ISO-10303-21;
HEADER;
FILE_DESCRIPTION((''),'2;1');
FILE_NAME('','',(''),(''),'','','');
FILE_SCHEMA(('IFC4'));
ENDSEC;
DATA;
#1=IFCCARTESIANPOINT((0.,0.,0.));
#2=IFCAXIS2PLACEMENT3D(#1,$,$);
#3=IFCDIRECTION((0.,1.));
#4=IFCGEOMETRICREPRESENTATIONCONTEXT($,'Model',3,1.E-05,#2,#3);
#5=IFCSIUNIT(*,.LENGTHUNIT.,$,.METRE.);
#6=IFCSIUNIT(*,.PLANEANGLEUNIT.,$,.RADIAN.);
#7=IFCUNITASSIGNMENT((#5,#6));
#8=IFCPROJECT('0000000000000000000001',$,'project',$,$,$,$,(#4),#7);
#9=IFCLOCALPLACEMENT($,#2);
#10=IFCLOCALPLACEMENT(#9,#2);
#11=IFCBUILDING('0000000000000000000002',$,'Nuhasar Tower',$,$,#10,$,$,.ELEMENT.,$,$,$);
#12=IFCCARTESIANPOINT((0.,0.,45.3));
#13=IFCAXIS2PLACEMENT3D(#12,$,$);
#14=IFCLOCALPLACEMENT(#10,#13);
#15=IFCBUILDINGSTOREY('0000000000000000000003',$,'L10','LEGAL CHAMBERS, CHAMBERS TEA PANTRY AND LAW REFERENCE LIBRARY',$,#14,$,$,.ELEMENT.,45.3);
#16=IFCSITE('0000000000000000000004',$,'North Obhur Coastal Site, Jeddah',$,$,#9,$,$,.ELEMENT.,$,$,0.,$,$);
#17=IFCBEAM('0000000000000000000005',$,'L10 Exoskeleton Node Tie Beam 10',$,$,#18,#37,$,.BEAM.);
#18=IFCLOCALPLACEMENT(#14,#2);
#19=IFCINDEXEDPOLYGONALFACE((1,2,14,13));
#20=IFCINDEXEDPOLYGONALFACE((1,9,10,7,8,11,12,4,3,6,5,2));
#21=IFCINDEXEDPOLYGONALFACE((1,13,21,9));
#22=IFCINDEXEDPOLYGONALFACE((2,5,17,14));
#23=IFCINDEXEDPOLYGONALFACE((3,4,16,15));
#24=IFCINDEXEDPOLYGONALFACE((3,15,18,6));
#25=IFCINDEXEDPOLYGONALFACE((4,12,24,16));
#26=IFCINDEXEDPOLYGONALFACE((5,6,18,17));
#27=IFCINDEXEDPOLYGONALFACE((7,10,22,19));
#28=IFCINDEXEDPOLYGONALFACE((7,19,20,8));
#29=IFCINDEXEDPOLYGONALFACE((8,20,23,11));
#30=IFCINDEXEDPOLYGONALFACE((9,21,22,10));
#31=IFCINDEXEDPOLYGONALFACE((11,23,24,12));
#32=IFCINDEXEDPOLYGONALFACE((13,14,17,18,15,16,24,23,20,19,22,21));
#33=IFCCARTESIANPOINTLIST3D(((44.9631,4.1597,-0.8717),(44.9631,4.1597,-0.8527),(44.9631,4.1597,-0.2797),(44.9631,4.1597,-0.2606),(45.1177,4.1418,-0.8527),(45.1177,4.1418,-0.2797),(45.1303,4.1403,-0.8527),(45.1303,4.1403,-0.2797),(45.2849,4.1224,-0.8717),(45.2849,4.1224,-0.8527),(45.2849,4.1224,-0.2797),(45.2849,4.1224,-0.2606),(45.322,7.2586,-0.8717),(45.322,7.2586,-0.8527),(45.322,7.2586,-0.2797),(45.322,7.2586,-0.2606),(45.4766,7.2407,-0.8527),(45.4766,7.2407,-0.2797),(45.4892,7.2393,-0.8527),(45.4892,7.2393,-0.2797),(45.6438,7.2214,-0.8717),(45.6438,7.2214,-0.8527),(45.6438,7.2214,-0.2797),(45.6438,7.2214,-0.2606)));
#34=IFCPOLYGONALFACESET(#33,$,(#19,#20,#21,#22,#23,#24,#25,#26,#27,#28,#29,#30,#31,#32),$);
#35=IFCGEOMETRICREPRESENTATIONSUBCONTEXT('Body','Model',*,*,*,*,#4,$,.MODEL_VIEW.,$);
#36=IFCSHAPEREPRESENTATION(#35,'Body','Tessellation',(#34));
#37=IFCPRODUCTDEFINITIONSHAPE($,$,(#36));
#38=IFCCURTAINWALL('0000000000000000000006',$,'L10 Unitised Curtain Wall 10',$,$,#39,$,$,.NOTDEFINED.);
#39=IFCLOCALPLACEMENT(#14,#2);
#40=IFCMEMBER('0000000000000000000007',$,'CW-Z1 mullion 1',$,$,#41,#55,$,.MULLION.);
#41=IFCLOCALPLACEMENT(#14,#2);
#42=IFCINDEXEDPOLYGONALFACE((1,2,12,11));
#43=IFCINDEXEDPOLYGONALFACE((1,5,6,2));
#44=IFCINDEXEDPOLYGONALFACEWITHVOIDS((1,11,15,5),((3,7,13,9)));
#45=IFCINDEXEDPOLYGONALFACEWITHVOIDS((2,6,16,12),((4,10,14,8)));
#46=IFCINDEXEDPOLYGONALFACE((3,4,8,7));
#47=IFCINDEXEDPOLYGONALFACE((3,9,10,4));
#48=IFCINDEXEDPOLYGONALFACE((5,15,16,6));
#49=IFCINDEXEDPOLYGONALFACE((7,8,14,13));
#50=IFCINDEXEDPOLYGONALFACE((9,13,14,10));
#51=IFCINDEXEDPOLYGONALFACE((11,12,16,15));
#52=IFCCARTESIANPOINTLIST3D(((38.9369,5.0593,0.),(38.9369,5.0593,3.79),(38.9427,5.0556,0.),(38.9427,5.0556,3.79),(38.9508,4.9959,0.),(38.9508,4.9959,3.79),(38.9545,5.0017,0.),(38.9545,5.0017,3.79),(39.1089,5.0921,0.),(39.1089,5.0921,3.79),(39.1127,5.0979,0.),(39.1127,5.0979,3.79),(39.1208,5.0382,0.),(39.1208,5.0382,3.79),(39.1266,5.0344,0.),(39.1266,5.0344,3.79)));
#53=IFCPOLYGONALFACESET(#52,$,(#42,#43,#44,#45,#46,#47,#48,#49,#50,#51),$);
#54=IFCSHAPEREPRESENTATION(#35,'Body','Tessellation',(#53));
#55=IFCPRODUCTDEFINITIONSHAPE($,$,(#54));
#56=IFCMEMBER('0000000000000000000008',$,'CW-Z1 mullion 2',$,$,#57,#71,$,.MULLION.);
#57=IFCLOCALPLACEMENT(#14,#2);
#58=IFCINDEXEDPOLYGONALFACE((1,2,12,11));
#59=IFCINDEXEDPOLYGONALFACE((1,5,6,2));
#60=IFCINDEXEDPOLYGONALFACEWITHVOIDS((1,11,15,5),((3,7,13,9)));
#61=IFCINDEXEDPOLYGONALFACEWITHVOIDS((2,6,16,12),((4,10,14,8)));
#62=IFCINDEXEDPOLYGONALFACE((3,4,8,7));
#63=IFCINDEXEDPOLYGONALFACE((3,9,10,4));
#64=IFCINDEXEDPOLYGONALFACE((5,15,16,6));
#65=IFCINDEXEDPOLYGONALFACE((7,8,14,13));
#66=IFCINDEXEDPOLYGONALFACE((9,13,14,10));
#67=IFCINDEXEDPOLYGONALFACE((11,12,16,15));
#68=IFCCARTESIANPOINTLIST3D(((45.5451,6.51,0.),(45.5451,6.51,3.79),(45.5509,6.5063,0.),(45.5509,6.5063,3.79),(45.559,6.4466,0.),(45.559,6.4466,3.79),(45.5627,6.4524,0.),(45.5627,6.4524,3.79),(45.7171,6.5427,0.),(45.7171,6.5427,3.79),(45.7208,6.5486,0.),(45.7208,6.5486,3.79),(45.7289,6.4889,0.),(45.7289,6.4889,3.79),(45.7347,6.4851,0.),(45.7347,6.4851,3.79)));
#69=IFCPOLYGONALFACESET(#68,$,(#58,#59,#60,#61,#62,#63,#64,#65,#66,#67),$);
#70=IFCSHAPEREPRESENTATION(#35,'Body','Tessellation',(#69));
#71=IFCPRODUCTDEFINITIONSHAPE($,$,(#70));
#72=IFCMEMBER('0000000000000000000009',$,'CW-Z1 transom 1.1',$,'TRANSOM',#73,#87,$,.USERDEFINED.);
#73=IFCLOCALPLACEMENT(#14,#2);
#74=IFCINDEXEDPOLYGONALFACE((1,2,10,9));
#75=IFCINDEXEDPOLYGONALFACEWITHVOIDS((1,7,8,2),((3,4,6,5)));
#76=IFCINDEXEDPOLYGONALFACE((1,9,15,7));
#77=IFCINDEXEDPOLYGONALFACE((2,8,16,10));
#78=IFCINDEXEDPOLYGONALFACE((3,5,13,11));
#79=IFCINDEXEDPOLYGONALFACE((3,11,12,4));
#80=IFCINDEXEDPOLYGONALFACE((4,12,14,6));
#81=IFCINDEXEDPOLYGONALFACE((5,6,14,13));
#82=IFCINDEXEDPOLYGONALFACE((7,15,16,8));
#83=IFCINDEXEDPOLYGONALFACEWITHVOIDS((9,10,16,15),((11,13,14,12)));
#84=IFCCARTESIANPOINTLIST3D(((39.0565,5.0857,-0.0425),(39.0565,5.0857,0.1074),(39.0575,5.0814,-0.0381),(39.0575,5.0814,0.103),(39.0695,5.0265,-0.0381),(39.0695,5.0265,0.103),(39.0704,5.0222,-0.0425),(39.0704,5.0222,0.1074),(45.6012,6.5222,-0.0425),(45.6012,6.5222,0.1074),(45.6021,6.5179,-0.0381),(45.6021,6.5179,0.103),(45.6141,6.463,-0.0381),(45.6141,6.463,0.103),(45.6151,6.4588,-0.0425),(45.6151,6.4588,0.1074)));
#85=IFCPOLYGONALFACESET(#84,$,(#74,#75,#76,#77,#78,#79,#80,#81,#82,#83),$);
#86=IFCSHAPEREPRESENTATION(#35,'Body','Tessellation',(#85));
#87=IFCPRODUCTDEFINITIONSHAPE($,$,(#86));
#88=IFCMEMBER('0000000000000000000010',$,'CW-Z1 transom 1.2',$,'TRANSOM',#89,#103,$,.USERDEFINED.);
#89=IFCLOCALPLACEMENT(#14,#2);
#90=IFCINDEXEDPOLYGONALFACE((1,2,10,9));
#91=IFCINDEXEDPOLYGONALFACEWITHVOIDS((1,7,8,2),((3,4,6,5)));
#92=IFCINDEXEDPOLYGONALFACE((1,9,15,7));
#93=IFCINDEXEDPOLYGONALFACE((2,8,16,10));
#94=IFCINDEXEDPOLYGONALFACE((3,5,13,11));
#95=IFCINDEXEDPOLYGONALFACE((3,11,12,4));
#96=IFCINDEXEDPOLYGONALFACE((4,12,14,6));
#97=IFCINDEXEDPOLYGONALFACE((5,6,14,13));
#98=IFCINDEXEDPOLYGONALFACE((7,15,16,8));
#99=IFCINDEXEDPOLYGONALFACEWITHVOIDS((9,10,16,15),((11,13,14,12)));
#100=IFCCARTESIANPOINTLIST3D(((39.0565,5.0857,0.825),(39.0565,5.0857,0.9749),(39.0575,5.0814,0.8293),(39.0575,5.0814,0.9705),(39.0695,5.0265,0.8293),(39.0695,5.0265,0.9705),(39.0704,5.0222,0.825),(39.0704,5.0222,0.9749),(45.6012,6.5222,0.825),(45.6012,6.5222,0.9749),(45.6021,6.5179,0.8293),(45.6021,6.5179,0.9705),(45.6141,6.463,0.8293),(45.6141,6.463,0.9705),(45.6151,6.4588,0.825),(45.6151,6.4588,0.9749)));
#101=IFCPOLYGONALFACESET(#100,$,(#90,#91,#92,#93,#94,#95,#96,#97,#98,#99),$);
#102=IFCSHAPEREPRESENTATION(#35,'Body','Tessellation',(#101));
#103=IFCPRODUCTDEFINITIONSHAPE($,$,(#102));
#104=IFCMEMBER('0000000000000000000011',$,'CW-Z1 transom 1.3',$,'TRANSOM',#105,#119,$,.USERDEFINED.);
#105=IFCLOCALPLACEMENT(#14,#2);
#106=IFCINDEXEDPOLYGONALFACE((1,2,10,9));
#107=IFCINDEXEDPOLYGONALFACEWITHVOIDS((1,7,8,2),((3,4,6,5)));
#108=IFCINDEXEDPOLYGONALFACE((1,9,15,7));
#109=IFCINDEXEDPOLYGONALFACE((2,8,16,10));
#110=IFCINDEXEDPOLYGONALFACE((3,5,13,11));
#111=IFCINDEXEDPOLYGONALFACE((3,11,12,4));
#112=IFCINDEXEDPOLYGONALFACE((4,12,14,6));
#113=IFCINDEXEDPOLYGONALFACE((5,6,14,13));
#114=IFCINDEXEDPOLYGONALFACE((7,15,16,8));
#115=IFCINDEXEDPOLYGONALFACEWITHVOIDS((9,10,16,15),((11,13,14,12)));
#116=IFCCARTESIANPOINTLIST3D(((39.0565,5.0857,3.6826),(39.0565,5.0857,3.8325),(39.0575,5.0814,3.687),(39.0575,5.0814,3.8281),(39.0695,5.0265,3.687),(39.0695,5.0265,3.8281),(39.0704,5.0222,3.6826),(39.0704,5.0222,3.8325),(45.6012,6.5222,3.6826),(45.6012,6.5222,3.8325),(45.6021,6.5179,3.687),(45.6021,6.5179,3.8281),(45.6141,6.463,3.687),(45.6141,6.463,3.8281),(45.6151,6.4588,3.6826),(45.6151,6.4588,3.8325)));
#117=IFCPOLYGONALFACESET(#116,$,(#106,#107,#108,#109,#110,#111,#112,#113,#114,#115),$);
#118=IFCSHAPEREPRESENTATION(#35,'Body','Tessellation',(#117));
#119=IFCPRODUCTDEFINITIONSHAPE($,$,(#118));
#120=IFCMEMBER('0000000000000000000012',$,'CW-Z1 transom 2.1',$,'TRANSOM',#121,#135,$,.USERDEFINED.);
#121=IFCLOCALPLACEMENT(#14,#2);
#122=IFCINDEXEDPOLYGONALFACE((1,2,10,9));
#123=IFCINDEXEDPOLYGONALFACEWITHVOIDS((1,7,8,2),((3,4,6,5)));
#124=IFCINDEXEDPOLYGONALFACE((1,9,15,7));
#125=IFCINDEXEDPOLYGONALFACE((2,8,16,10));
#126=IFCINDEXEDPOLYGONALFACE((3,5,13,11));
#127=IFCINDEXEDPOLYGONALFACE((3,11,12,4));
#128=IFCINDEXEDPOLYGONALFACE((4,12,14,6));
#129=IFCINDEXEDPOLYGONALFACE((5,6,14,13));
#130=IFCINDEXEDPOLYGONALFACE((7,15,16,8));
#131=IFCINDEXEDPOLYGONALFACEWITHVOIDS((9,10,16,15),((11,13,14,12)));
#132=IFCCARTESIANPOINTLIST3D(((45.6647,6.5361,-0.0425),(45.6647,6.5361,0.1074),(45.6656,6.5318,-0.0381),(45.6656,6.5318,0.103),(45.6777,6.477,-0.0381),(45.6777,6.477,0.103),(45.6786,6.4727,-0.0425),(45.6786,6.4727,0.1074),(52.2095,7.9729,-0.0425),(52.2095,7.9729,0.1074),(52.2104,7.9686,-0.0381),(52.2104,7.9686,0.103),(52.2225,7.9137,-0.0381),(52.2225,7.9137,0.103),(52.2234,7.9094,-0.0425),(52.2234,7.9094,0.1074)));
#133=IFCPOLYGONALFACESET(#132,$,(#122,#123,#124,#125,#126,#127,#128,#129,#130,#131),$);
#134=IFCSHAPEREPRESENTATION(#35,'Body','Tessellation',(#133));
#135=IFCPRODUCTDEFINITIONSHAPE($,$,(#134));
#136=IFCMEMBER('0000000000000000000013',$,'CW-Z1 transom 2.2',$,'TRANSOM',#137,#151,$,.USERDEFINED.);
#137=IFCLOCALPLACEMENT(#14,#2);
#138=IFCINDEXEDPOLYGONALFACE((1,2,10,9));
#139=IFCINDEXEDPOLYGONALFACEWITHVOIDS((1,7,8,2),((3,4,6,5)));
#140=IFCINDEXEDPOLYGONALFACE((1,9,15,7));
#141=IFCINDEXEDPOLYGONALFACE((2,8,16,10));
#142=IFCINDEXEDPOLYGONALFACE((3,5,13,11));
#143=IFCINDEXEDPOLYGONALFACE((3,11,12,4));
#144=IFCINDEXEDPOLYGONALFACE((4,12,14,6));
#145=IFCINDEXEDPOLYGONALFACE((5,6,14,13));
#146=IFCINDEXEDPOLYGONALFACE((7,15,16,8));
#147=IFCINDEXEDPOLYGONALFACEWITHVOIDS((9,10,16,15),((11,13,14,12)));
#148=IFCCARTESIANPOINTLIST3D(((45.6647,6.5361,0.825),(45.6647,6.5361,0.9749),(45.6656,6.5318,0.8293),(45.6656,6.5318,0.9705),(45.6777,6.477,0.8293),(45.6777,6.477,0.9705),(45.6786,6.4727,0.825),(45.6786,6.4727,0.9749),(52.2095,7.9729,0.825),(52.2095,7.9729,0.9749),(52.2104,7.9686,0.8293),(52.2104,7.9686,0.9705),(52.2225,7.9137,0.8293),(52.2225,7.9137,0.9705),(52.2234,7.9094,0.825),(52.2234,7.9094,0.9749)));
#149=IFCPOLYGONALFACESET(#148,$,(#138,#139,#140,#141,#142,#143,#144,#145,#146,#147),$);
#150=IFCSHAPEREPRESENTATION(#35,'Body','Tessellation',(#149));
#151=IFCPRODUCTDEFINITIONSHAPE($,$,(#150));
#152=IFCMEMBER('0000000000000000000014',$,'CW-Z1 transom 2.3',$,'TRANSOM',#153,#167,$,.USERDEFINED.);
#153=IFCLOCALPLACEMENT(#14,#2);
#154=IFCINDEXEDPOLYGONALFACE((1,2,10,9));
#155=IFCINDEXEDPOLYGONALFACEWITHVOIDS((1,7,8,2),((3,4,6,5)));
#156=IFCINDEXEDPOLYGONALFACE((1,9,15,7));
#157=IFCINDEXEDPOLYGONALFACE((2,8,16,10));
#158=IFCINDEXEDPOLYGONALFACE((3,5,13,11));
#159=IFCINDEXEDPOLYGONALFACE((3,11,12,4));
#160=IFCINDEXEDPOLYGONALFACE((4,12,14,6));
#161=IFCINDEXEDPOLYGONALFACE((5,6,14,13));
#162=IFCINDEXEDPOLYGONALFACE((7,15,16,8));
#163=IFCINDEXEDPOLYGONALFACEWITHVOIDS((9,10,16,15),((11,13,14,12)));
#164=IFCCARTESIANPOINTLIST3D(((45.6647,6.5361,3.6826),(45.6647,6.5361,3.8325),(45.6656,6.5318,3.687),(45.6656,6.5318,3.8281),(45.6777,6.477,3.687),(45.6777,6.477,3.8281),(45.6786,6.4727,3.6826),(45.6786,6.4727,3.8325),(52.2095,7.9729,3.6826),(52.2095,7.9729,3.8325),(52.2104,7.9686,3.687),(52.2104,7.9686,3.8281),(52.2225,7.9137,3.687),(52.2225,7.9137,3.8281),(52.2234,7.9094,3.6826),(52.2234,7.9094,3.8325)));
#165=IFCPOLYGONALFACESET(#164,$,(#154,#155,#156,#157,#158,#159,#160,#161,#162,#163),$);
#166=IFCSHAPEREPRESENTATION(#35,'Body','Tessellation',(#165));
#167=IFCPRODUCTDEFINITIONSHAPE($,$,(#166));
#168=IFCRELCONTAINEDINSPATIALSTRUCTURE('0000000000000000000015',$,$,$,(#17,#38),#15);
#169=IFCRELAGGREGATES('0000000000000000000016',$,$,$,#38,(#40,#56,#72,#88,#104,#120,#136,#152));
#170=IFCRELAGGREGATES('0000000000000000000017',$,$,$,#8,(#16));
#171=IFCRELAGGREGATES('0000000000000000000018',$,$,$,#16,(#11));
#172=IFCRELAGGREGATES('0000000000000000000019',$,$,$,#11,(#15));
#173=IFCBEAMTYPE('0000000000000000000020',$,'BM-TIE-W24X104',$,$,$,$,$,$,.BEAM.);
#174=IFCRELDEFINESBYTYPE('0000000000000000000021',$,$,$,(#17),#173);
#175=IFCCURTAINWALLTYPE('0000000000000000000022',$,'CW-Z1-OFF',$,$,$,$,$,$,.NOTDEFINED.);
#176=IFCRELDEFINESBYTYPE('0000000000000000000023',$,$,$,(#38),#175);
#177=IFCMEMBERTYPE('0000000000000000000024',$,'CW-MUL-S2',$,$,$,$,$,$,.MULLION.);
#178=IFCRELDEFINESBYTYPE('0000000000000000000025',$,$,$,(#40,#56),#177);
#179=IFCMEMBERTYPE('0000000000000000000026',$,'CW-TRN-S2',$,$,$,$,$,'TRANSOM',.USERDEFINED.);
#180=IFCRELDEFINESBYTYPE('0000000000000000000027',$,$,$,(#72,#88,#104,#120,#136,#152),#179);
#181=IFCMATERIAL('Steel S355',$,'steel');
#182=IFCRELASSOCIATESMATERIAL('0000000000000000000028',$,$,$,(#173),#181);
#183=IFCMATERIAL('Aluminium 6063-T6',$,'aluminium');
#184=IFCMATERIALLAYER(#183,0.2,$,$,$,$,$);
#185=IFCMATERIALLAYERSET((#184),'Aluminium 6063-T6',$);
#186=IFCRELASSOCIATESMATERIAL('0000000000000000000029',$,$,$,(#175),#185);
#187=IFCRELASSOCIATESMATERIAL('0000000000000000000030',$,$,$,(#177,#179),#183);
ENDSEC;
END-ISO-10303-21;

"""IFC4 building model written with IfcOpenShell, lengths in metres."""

from ifc_helpers import new_model, si_unit, direction, frame, origin, origin_2d, place, context, subcontext, project, spatial, hollow_rectangle, i_section, extrude, material, layer, layer_set, material_profile, profile_set, type_object, element, aggregate, save


model = new_model("IFC4")

# Units and contexts
model_context = context("Model", 3, precision=1e-05, world=origin(), true_north=direction((0.0, 1.0)))
body_context = subcontext(model_context, "Body", "Model", "MODEL_VIEW")
ifc_project = project(units=[si_unit("LENGTHUNIT", "METRE"), si_unit("PLANEANGLEUNIT", "RADIAN")], contexts=[model_context])

# Site, building, storey
site_placement = place(None, origin())
site = spatial("IfcSite", under=ifc_project, at=site_placement, Name="North Obhur Coastal Site, Jeddah", CompositionType="ELEMENT", RefElevation=0.0)
building_placement = place(site_placement, origin())
building = spatial("IfcBuilding", under=site, at=building_placement, Name="Nuhasar Tower", CompositionType="ELEMENT")
storey_placement = place(building_placement, frame((0.0, 0.0, 45.3)))
storey = spatial("IfcBuildingStorey", under=building, at=storey_placement, Name="L10", Description="LEGAL CHAMBERS, CHAMBERS TEA PANTRY AND LAW REFERENCE LIBRARY", CompositionType="ELEMENT", Elevation=45.3)

# Beam
ifc_material_1 = material(Name="Steel S355", Category="steel")
ifc_material_profile_1 = material_profile(ifc_material_1, i_section(OverallWidth=0.324, OverallDepth=0.6111, WebThickness=0.0127, FlangeThickness=0.019, at=origin_2d()), Name="W24X104")
ifc_profile_set_1 = profile_set([ifc_material_profile_1], Name="Steel S355")
beam_type_1 = type_object("IfcBeamType", Name="BM-TIE-W24X104", PredefinedType="BEAM", material=ifc_profile_set_1)
beam_1_placement = place(storey_placement, frame((45.4829, 7.24, -0.5662), z_axis=(-0.115043, -0.993361, 0.0), x_axis=(0.993361, -0.115043, 0.0)))
element("IfcBeam", 1, at=beam_1_placement, inside=storey, type_object=beam_type_1, Name="L10 Exoskeleton Node Tie Beam 10", PredefinedType="BEAM", context=body_context, shape_type="SweptSolid", body=[
    extrude(i_section(OverallWidth=0.324, OverallDepth=0.6111, WebThickness=0.0127, FlangeThickness=0.019, at=origin_2d()), origin(), (0.0, 0.0, 1.0), 3.1196),
])

# Curtain wall, members
ifc_material_2 = material(Name="Aluminium 6063-T6", Category="aluminium")
ifc_layer_1 = layer(ifc_material_2, 0.2)
ifc_layer_set_1 = layer_set([ifc_layer_1], Name="Aluminium 6063-T6")
curtain_wall_type = type_object("IfcCurtainWallType", Name="CW-Z1-OFF", PredefinedType="NOTDEFINED", material=ifc_layer_set_1)
curtain_wall_placement = place(storey_placement, origin())
curtain_wall = element("IfcCurtainWall", 2, at=curtain_wall_placement, inside=storey, type_object=curtain_wall_type, Name="L10 Unitised Curtain Wall 10", PredefinedType="NOTDEFINED")
ifc_material_profile_2 = material_profile(ifc_material_2, hollow_rectangle(XDim=0.0649, YDim=0.1799, WallThickness=0.0049, at=origin_2d()), Name="CWM-2")
ifc_profile_set_2 = profile_set([ifc_material_profile_2], Name="Aluminium 6063-T6")
member_type_1 = type_object("IfcMemberType", Name="CW-MUL-S2", PredefinedType="MULLION", material=ifc_profile_set_2)
member_1_placement = place(storey_placement, frame((39.0317, 5.0469, 0.0), z_axis=(0.0, 0.0, 1.0), x_axis=(-0.214399, 0.976746, 0.0)))
member_1 = element("IfcMember", 3, at=member_1_placement, type_object=member_type_1, Name="CW-Z1 mullion 1", PredefinedType="MULLION", context=body_context, shape_type="SweptSolid", body=[
    extrude(hollow_rectangle(XDim=0.0649, YDim=0.1799, WallThickness=0.0049, at=origin_2d()), origin(), (0.0, 0.0, 1.0), 3.79),
])
member_2_placement = place(storey_placement, frame((45.6399, 6.4976, 0.0), z_axis=(0.0, 0.0, 1.0), x_axis=(-0.214399, 0.976746, 0.0)))
member_2 = element("IfcMember", 4, at=member_2_placement, type_object=member_type_1, Name="CW-Z1 mullion 2", PredefinedType="MULLION", context=body_context, shape_type="SweptSolid", body=[
    extrude(hollow_rectangle(XDim=0.0649, YDim=0.1799, WallThickness=0.0049, at=origin_2d()), origin(), (0.0, 0.0, 1.0), 3.79),
])
ifc_material_profile_3 = material_profile(ifc_material_2, hollow_rectangle(XDim=0.0649, YDim=0.1499, WallThickness=0.0044, at=origin_2d()), Name="CWT-2")
ifc_profile_set_3 = profile_set([ifc_material_profile_3], Name="Aluminium 6063-T6")
member_type_2 = type_object("IfcMemberType", Name="CW-TRN-S2", ElementType="TRANSOM", PredefinedType="USERDEFINED", material=ifc_profile_set_3)
member_3_placement = place(storey_placement, frame((39.0635, 5.054, 0.0325), z_axis=(0.976748, 0.214391, 0.0), x_axis=(-0.214391, 0.976748, 0.0)))
member_3 = element("IfcMember", 5, at=member_3_placement, type_object=member_type_2, Name="CW-Z1 transom 1.1", ObjectType="TRANSOM", PredefinedType="USERDEFINED", context=body_context, shape_type="SweptSolid", body=[
    extrude(hollow_rectangle(XDim=0.0649, YDim=0.1499, WallThickness=0.0044, at=origin_2d()), origin(), (0.0, 0.0, 1.0), 6.7004),
])
member_4_placement = place(storey_placement, frame((39.0635, 5.054, 0.8999), z_axis=(0.976748, 0.214391, 0.0), x_axis=(-0.214391, 0.976748, 0.0)))
member_4 = element("IfcMember", 6, at=member_4_placement, type_object=member_type_2, Name="CW-Z1 transom 1.2", ObjectType="TRANSOM", PredefinedType="USERDEFINED", context=body_context, shape_type="SweptSolid", body=[
    extrude(hollow_rectangle(XDim=0.0649, YDim=0.1499, WallThickness=0.0044, at=origin_2d()), origin(), (0.0, 0.0, 1.0), 6.7004),
])
member_5_placement = place(storey_placement, frame((39.0635, 5.054, 3.7576), z_axis=(0.976748, 0.214391, 0.0), x_axis=(-0.214391, 0.976748, 0.0)))
member_5 = element("IfcMember", 7, at=member_5_placement, type_object=member_type_2, Name="CW-Z1 transom 1.3", ObjectType="TRANSOM", PredefinedType="USERDEFINED", context=body_context, shape_type="SweptSolid", body=[
    extrude(hollow_rectangle(XDim=0.0649, YDim=0.1499, WallThickness=0.0044, at=origin_2d()), origin(), (0.0, 0.0, 1.0), 6.7004),
])
member_6_placement = place(storey_placement, frame((45.6716, 6.5044, 0.0325), z_axis=(0.976742, 0.214418, 0.0), x_axis=(-0.214418, 0.976742, 0.0)))
member_6 = element("IfcMember", 8, at=member_6_placement, type_object=member_type_2, Name="CW-Z1 transom 2.1", ObjectType="TRANSOM", PredefinedType="USERDEFINED", context=body_context, shape_type="SweptSolid", body=[
    extrude(hollow_rectangle(XDim=0.0649, YDim=0.1499, WallThickness=0.0044, at=origin_2d()), origin(), (0.0, 0.0, 1.0), 6.7007),
])
member_7_placement = place(storey_placement, frame((45.6716, 6.5044, 0.8999), z_axis=(0.976742, 0.214418, 0.0), x_axis=(-0.214418, 0.976742, 0.0)))
member_7 = element("IfcMember", 9, at=member_7_placement, type_object=member_type_2, Name="CW-Z1 transom 2.2", ObjectType="TRANSOM", PredefinedType="USERDEFINED", context=body_context, shape_type="SweptSolid", body=[
    extrude(hollow_rectangle(XDim=0.0649, YDim=0.1499, WallThickness=0.0044, at=origin_2d()), origin(), (0.0, 0.0, 1.0), 6.7007),
])
member_8_placement = place(storey_placement, frame((45.6716, 6.5044, 3.7576), z_axis=(0.976742, 0.214418, 0.0), x_axis=(-0.214418, 0.976742, 0.0)))
member_8 = element("IfcMember", 10, at=member_8_placement, type_object=member_type_2, Name="CW-Z1 transom 2.3", ObjectType="TRANSOM", PredefinedType="USERDEFINED", context=body_context, shape_type="SweptSolid", body=[
    extrude(hollow_rectangle(XDim=0.0649, YDim=0.1499, WallThickness=0.0044, at=origin_2d()), origin(), (0.0, 0.0, 1.0), 6.7007),
])

aggregate(curtain_wall, [member_1, member_2, member_3, member_4, member_5, member_6, member_7, member_8])

save(model, "model.ifc")
